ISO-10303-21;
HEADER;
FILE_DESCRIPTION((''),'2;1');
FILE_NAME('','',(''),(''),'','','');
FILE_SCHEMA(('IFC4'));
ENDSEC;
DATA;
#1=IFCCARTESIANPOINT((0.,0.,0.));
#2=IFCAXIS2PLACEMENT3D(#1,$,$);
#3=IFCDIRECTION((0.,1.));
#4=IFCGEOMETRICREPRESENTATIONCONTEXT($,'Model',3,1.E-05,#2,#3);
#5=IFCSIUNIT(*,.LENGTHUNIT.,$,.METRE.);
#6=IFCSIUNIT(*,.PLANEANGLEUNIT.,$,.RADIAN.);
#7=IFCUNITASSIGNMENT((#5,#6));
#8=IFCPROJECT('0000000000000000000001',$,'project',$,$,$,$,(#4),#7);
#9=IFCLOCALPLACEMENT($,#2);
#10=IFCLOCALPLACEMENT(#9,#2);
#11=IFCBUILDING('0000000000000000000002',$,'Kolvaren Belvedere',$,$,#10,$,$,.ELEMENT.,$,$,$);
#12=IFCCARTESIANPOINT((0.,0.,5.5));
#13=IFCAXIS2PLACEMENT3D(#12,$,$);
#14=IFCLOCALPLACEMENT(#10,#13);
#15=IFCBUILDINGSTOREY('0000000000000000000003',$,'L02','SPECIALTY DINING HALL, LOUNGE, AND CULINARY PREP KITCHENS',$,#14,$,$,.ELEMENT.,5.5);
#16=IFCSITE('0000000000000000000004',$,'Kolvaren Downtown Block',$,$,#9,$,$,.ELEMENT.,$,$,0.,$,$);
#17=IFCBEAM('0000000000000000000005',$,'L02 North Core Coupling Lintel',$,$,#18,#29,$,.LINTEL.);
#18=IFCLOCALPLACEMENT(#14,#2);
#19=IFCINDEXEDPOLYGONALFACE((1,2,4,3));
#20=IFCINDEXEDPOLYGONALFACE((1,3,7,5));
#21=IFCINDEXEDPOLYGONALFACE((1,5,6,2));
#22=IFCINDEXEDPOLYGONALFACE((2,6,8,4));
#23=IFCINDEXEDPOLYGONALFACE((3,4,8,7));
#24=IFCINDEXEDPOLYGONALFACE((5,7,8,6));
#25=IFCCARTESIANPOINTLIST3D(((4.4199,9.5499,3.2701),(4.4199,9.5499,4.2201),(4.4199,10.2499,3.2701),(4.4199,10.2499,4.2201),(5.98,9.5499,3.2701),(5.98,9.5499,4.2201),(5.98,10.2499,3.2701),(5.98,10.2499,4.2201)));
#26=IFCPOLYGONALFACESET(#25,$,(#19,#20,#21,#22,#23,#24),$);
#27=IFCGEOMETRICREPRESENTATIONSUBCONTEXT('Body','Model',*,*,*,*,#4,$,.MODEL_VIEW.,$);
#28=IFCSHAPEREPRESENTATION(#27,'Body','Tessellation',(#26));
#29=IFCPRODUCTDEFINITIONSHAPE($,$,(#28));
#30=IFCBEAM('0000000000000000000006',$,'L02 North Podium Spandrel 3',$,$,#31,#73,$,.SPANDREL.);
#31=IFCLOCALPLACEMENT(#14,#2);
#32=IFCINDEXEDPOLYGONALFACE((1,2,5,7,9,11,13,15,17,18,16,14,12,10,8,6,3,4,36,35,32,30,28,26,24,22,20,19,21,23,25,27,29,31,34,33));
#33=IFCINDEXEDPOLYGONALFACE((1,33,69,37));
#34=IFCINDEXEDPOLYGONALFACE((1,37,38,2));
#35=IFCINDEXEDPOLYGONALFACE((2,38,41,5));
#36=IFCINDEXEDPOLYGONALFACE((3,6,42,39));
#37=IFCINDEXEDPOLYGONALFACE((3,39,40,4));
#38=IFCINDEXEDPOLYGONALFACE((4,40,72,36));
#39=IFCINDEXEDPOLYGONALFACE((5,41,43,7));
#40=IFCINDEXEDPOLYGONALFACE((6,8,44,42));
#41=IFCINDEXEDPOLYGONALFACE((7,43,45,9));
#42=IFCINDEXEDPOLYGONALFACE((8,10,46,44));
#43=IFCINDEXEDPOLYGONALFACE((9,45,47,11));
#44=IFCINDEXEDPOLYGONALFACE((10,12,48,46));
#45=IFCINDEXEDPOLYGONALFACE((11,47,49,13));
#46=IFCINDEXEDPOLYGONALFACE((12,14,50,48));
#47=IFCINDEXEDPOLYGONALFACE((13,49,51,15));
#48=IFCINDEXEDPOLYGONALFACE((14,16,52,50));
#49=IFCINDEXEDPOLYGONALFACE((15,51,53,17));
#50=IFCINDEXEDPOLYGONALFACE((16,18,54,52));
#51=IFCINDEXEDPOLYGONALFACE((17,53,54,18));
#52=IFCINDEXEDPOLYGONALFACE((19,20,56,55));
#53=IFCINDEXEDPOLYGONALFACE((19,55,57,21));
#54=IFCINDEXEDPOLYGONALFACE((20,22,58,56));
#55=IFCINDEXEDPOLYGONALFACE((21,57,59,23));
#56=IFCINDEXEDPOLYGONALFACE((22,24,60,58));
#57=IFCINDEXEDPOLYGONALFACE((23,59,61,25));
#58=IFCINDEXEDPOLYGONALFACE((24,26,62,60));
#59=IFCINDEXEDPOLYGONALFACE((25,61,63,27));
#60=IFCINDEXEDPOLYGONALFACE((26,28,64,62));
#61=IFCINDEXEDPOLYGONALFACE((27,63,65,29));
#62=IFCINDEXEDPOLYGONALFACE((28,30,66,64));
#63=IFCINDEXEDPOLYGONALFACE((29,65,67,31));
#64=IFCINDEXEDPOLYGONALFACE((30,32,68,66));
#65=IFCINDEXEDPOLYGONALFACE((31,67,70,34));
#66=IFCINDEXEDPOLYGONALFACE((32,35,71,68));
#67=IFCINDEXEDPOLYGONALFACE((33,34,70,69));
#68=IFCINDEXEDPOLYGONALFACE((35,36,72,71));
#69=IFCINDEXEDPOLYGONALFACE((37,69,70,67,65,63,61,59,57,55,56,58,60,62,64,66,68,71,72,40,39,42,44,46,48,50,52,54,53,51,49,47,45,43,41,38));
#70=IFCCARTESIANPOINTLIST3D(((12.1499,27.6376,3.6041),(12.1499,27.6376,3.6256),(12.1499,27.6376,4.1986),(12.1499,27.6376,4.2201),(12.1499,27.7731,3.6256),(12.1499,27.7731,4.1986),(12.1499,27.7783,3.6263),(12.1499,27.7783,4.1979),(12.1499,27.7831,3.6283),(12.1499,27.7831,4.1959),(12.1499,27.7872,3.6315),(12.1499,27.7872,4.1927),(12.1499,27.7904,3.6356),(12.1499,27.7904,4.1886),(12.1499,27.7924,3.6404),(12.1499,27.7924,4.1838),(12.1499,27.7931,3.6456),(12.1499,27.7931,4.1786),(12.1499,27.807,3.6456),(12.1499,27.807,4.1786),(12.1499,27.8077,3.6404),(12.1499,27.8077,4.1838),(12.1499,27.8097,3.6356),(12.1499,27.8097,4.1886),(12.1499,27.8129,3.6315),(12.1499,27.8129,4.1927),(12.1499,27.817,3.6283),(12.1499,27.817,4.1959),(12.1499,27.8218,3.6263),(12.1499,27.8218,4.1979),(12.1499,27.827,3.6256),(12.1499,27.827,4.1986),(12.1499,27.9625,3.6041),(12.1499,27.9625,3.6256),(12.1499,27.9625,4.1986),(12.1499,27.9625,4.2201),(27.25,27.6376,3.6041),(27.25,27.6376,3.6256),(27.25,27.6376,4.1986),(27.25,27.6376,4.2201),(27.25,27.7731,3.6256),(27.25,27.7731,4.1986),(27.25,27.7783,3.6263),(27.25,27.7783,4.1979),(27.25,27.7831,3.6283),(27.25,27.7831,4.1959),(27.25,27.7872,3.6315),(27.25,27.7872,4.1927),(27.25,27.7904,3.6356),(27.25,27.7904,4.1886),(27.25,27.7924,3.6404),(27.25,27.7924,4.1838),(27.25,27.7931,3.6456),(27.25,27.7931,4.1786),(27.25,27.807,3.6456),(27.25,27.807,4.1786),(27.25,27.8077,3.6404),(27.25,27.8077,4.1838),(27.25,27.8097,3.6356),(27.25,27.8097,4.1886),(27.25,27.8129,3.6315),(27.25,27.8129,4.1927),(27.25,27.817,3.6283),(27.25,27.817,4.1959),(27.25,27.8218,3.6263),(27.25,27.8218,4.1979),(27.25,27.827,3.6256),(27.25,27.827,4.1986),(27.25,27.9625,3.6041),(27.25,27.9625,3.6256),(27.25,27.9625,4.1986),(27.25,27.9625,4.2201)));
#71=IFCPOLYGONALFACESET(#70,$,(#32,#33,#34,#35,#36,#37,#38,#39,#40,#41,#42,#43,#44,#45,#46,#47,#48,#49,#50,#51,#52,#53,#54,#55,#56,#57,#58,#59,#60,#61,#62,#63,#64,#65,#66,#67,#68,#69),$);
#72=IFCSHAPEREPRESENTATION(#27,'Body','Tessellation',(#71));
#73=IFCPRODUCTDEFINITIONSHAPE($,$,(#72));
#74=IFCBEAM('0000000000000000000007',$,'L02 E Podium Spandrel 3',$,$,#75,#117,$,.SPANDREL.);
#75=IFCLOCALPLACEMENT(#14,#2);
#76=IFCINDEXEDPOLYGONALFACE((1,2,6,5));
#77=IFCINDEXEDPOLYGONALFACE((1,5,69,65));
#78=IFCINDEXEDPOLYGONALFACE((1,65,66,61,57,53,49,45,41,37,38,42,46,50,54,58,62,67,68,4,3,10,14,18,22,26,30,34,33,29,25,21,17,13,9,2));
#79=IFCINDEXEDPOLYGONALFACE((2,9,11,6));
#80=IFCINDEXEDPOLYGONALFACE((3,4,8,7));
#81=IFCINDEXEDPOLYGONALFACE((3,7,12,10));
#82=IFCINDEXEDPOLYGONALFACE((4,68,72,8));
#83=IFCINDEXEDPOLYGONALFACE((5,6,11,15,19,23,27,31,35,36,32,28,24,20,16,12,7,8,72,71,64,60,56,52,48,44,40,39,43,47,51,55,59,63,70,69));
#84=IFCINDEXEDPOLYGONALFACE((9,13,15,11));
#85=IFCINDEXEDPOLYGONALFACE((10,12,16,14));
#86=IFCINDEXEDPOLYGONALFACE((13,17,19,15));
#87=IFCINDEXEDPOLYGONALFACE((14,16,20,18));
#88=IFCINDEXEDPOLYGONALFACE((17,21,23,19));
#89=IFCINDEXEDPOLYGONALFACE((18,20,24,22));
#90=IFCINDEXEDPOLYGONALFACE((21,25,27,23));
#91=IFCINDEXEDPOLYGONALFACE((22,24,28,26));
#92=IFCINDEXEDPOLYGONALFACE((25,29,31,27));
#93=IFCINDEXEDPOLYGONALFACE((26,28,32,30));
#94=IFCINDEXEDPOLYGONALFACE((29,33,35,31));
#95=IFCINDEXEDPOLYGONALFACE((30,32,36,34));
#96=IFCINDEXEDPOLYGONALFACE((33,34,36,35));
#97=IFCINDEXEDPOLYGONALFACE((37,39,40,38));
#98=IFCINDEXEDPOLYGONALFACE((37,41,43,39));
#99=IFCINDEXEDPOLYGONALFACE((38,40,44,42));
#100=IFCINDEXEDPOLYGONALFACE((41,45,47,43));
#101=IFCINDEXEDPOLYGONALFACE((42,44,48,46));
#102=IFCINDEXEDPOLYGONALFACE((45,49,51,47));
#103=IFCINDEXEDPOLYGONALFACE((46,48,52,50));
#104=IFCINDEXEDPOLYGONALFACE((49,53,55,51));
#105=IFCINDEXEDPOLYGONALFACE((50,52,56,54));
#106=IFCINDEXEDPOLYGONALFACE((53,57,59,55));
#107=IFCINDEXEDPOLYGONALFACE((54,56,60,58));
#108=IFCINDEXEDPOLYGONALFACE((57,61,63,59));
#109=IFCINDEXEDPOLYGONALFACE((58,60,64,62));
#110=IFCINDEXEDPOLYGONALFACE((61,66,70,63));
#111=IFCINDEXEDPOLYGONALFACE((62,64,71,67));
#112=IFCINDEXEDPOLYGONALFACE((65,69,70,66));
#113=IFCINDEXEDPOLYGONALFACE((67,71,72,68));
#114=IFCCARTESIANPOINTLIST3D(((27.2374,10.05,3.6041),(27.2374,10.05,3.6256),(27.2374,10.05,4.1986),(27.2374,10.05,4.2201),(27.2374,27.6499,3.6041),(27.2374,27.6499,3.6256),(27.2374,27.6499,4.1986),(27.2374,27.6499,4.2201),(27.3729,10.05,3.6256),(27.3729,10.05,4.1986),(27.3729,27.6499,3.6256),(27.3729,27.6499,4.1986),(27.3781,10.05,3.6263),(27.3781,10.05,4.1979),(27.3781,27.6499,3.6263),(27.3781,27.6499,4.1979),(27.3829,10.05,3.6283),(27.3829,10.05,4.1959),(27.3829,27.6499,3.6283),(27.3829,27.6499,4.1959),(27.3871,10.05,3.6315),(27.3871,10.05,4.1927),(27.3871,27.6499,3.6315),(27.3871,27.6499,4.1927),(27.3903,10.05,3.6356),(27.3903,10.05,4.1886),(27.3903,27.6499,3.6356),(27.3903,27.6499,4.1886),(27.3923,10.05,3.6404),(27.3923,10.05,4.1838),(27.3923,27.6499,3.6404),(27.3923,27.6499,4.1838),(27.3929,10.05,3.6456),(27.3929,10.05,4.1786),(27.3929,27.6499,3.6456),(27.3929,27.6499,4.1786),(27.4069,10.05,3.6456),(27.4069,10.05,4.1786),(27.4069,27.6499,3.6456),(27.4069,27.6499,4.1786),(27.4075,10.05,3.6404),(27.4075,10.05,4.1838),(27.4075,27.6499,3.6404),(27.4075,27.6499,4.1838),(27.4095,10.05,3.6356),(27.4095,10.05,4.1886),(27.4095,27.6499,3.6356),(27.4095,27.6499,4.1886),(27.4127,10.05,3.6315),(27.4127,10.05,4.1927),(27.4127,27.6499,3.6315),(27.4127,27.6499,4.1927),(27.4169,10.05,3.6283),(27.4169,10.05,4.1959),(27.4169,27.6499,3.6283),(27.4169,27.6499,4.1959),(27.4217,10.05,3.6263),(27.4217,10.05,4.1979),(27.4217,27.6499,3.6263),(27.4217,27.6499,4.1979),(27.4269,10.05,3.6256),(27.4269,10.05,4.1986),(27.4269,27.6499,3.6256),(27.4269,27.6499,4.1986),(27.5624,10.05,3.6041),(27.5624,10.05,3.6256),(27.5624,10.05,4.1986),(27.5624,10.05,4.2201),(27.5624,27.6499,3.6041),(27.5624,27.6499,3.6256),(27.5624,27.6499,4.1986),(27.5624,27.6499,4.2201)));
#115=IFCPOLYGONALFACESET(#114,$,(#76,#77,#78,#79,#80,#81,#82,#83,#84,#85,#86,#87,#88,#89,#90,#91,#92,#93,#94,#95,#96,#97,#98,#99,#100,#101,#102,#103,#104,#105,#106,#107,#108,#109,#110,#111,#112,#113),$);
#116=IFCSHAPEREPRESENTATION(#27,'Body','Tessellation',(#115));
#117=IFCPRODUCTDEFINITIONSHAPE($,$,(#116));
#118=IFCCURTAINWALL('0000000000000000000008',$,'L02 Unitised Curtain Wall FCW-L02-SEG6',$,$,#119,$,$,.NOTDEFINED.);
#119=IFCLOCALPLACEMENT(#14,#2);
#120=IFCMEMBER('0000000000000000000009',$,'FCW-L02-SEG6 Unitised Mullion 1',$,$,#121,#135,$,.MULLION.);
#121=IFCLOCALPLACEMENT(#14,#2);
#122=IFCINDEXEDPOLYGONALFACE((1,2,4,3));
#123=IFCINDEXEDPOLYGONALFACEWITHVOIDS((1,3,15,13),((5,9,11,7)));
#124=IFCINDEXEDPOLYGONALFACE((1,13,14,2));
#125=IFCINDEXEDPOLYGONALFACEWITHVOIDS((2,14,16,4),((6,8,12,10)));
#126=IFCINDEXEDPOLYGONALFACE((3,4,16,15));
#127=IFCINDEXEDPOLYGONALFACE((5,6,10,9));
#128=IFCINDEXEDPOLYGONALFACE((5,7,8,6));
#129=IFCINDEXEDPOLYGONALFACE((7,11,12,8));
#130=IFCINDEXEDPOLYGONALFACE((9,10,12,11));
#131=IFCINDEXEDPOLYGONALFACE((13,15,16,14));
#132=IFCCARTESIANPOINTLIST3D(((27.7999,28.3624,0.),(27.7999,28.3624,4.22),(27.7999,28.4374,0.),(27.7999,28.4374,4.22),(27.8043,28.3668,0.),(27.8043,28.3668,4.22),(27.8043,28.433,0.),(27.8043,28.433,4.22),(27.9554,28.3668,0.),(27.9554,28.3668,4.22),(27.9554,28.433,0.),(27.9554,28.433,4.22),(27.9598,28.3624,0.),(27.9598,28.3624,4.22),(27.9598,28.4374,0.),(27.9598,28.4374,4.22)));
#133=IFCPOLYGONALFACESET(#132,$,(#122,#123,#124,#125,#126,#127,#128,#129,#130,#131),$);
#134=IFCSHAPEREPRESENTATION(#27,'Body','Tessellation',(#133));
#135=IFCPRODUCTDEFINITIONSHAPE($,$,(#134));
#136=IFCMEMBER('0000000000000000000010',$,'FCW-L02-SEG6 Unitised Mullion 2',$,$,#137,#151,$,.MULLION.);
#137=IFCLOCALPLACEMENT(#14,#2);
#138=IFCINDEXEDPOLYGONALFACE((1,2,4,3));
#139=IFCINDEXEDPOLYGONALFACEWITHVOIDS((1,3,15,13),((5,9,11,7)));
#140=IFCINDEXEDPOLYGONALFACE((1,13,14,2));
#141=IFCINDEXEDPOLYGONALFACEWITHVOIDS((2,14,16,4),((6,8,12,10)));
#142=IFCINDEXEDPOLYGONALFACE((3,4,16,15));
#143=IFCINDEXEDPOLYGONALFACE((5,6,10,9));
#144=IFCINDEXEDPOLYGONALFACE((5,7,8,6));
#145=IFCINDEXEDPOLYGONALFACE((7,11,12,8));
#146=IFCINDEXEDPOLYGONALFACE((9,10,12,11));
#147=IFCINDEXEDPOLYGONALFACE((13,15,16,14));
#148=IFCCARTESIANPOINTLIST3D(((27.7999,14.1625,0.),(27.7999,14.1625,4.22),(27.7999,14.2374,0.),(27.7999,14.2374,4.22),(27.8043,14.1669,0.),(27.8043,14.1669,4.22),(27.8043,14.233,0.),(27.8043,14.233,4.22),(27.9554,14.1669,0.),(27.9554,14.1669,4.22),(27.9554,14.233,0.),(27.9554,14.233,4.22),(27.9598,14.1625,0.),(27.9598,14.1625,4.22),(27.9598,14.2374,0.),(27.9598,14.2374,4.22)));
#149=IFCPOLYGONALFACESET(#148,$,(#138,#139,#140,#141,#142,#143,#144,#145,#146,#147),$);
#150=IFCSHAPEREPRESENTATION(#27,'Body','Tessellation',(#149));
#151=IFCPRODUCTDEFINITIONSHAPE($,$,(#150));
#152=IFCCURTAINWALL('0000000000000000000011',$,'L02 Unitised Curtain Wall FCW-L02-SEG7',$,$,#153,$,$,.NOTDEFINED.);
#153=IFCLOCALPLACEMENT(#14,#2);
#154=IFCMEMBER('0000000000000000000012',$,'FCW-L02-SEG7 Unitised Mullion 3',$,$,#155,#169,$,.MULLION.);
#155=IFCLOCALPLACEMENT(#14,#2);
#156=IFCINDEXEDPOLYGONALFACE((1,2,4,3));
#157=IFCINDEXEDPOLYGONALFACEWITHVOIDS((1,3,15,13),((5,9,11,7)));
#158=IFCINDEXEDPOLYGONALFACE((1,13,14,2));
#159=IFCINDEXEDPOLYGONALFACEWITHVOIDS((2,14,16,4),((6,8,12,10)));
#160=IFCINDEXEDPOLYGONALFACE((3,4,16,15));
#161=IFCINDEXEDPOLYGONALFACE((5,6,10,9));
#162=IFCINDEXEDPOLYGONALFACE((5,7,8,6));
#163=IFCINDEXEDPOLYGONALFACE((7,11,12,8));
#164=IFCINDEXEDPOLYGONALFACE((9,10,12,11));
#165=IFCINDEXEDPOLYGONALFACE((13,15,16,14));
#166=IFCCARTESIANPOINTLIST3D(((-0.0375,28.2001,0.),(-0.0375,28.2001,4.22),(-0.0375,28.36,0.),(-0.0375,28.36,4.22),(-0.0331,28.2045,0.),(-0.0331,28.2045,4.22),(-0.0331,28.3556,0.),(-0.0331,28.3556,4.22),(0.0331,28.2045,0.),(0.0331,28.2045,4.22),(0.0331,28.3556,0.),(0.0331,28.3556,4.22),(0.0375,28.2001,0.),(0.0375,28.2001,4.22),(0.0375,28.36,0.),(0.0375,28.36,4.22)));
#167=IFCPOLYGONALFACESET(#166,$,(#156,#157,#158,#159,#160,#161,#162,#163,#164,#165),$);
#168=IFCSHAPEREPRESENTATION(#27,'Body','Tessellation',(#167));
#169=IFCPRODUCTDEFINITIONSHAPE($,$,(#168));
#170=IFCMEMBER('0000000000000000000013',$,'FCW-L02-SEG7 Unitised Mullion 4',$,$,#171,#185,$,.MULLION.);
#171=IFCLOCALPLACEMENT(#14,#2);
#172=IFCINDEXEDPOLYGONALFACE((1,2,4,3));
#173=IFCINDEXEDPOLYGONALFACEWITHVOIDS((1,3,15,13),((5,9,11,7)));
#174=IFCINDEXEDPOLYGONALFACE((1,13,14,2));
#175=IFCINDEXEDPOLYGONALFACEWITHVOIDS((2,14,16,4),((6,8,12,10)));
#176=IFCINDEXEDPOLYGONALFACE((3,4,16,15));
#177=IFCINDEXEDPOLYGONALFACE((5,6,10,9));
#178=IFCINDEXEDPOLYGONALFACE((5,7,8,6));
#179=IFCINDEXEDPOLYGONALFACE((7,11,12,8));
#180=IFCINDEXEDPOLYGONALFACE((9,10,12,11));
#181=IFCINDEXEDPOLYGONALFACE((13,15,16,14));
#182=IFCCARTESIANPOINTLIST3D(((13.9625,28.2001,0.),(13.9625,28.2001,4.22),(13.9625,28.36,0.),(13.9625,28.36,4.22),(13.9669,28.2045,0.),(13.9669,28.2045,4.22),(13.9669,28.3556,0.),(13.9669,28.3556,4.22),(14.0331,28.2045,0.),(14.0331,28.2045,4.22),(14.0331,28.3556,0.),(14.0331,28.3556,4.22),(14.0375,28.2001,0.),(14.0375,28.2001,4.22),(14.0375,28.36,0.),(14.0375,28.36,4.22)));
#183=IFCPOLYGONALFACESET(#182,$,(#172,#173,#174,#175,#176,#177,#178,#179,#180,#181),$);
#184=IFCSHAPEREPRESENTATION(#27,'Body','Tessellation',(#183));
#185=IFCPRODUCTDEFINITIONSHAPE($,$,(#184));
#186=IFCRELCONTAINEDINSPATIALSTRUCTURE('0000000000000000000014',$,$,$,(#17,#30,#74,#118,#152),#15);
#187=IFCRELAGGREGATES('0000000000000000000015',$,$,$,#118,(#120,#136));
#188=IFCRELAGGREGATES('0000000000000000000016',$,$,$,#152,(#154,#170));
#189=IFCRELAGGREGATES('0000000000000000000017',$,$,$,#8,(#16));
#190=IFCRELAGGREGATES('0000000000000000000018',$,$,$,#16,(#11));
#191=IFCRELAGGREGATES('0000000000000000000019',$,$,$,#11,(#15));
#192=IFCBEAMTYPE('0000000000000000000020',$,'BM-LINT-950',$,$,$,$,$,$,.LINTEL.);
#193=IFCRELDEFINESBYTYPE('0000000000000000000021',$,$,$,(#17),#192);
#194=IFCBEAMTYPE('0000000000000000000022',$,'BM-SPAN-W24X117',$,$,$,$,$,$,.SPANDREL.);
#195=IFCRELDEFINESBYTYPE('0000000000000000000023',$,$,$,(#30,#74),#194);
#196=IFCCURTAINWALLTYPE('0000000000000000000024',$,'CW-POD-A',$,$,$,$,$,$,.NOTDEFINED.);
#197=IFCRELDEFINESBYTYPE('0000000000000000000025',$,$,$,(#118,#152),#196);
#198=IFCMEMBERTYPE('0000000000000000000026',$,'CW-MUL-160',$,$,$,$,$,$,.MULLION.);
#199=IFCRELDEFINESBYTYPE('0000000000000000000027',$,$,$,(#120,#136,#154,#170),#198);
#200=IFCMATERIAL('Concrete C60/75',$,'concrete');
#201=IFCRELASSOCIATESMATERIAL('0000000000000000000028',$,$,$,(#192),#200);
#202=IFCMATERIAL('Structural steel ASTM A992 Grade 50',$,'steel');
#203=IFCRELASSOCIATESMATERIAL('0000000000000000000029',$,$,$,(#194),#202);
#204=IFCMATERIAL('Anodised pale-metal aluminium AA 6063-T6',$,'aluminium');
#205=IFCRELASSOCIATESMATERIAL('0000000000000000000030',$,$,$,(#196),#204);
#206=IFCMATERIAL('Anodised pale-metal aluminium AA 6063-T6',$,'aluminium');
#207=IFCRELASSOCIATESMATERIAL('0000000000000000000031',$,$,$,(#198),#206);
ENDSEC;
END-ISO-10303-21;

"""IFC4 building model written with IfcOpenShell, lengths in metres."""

from ifc_helpers import new_model, si_unit, direction, frame, origin, origin_2d, place, context, subcontext, project, spatial, rectangle, hollow_rectangle, i_section, extrude, material, material_profile, profile_set, type_object, element, aggregate, save


model = new_model("IFC4")

# Units and contexts
model_context = context("Model", 3, precision=1e-05, world=origin(), true_north=direction((0.0, 1.0)))
body_context = subcontext(model_context, "Body", "Model", "MODEL_VIEW")
ifc_project = project(units=[si_unit("LENGTHUNIT", "METRE"), si_unit("PLANEANGLEUNIT", "RADIAN")], contexts=[model_context])

# Site, building, storey
site_placement = place(None, origin())
site = spatial("IfcSite", under=ifc_project, at=site_placement, Name="Kolvaren Downtown Block", CompositionType="ELEMENT", RefElevation=0.0)
building_placement = place(site_placement, origin())
building = spatial("IfcBuilding", under=site, at=building_placement, Name="Kolvaren Belvedere", CompositionType="ELEMENT")
storey_placement = place(building_placement, frame((0.0, 0.0, 5.5)))
storey = spatial("IfcBuildingStorey", under=building, at=storey_placement, Name="L02", Description="SPECIALTY DINING HALL, LOUNGE, AND CULINARY PREP KITCHENS", CompositionType="ELEMENT", Elevation=5.5)

# Beams
ifc_material_1 = material(Name="Concrete C60/75", Category="concrete")
ifc_material_profile_1 = material_profile(ifc_material_1, rectangle(XDim=0.7, YDim=0.95, at=origin_2d()), Name="RC 700X950")
ifc_profile_set_1 = profile_set([ifc_material_profile_1], Name="Concrete C60/75")
beam_type_1 = type_object("IfcBeamType", Name="BM-LINT-950", PredefinedType="LINTEL", material=ifc_profile_set_1)
beam_1_placement = place(storey_placement, frame((4.4199, 9.8999, 3.7451), z_axis=(1.0, 0.0, 0.0), x_axis=(0.0, 1.0, 0.0)))
element("IfcBeam", 1, at=beam_1_placement, inside=storey, type_object=beam_type_1, Name="L02 North Core Coupling Lintel", PredefinedType="LINTEL", context=body_context, shape_type="SweptSolid", body=[
    extrude(rectangle(XDim=0.7, YDim=0.95, at=origin_2d()), origin(), (0.0, 0.0, 1.0), 1.5601),
])
ifc_material_2 = material(Name="Structural steel ASTM A992 Grade 50", Category="steel")
ifc_material_profile_2 = material_profile(ifc_material_2, i_section(OverallWidth=0.325, OverallDepth=0.616, WebThickness=0.0139, FlangeThickness=0.0215, FilletRadius=0.02, at=origin_2d()), Name="W24X117")
ifc_profile_set_2 = profile_set([ifc_material_profile_2], Name="Structural steel ASTM A992 Grade 50")
beam_type_2 = type_object("IfcBeamType", Name="BM-SPAN-W24X117", PredefinedType="SPANDREL", material=ifc_profile_set_2)
beam_2_placement = place(storey_placement, frame((12.1499, 27.8, 3.9121), z_axis=(1.0, 0.0, 0.0), x_axis=(0.0, 1.0, 0.0)))
element("IfcBeam", 2, at=beam_2_placement, inside=storey, type_object=beam_type_2, Name="L02 North Podium Spandrel 3", PredefinedType="SPANDREL", context=body_context, shape_type="SweptSolid", body=[
    extrude(i_section(OverallWidth=0.325, OverallDepth=0.616, WebThickness=0.0139, FlangeThickness=0.0215, FilletRadius=0.02, at=origin_2d()), origin(), (0.0, 0.0, 1.0), 15.1001),
])
beam_3_placement = place(storey_placement, frame((27.3999, 10.05, 3.9121), z_axis=(0.0, 1.0, 0.0), x_axis=(-1.0, 0.0, 0.0)))
element("IfcBeam", 3, at=beam_3_placement, inside=storey, type_object=beam_type_2, Name="L02 E Podium Spandrel 3", PredefinedType="SPANDREL", context=body_context, shape_type="SweptSolid", body=[
    extrude(i_section(OverallWidth=0.325, OverallDepth=0.616, WebThickness=0.0139, FlangeThickness=0.0215, FilletRadius=0.02, at=origin_2d()), origin(), (0.0, 0.0, 1.0), 17.5999),
])

# Curtain walls, members
ifc_material_3 = material(Name="Anodised pale-metal aluminium AA 6063-T6", Category="aluminium")
curtain_wall_type = type_object("IfcCurtainWallType", Name="CW-POD-A", PredefinedType="NOTDEFINED", material=ifc_material_3)
curtain_wall_1_placement = place(storey_placement, origin())
curtain_wall_1 = element("IfcCurtainWall", 4, at=curtain_wall_1_placement, inside=storey, type_object=curtain_wall_type, Name="L02 Unitised Curtain Wall FCW-L02-SEG6", PredefinedType="NOTDEFINED")
ifc_material_4 = material(Name="Anodised pale-metal aluminium AA 6063-T6", Category="aluminium")
ifc_material_profile_3 = material_profile(ifc_material_4, hollow_rectangle(XDim=0.075, YDim=0.1599, WallThickness=0.0044, at=origin_2d()), Name="ALU-MUL-160X75")
ifc_profile_set_3 = profile_set([ifc_material_profile_3], Name="Anodised pale-metal aluminium AA 6063-T6")
member_type_1 = type_object("IfcMemberType", Name="CW-MUL-160", PredefinedType="MULLION", material=ifc_profile_set_3)
member_1_placement = place(storey_placement, frame((27.8799, 28.3999, 0.0), z_axis=(0.0, 0.0, 1.0), x_axis=(0.0, 1.0, 0.0)))
member_1 = element("IfcMember", 5, at=member_1_placement, type_object=member_type_1, Name="FCW-L02-SEG6 Unitised Mullion 1", PredefinedType="MULLION", context=body_context, shape_type="SweptSolid", body=[
    extrude(hollow_rectangle(XDim=0.075, YDim=0.1599, WallThickness=0.0044, at=origin_2d()), origin(), (0.0, 0.0, 1.0), 4.22),
])
member_2_placement = place(storey_placement, frame((27.8799, 14.2, 0.0), z_axis=(0.0, 0.0, 1.0), x_axis=(0.0, 1.0, 0.0)))
member_2 = element("IfcMember", 6, at=member_2_placement, type_object=member_type_1, Name="FCW-L02-SEG6 Unitised Mullion 2", PredefinedType="MULLION", context=body_context, shape_type="SweptSolid", body=[
    extrude(hollow_rectangle(XDim=0.075, YDim=0.1599, WallThickness=0.0044, at=origin_2d()), origin(), (0.0, 0.0, 1.0), 4.22),
])
curtain_wall_2_placement = place(storey_placement, origin())
curtain_wall_2 = element("IfcCurtainWall", 7, at=curtain_wall_2_placement, inside=storey, type_object=curtain_wall_type, Name="L02 Unitised Curtain Wall FCW-L02-SEG7", PredefinedType="NOTDEFINED")
member_3_placement = place(storey_placement, frame((0.0, 28.28, 0.0), z_axis=(0.0, 0.0, 1.0), x_axis=(1.0, 0.0, 0.0)))
member_3 = element("IfcMember", 8, at=member_3_placement, type_object=member_type_1, Name="FCW-L02-SEG7 Unitised Mullion 3", PredefinedType="MULLION", context=body_context, shape_type="SweptSolid", body=[
    extrude(hollow_rectangle(XDim=0.075, YDim=0.1599, WallThickness=0.0044, at=origin_2d()), origin(), (0.0, 0.0, 1.0), 4.22),
])
member_4_placement = place(storey_placement, frame((14.0, 28.28, 0.0), z_axis=(0.0, 0.0, 1.0), x_axis=(1.0, 0.0, 0.0)))
member_4 = element("IfcMember", 9, at=member_4_placement, type_object=member_type_1, Name="FCW-L02-SEG7 Unitised Mullion 4", PredefinedType="MULLION", context=body_context, shape_type="SweptSolid", body=[
    extrude(hollow_rectangle(XDim=0.075, YDim=0.1599, WallThickness=0.0044, at=origin_2d()), origin(), (0.0, 0.0, 1.0), 4.22),
])

aggregate(curtain_wall_1, [member_1, member_2])
aggregate(curtain_wall_2, [member_3, member_4])

save(model, "model.ifc")
